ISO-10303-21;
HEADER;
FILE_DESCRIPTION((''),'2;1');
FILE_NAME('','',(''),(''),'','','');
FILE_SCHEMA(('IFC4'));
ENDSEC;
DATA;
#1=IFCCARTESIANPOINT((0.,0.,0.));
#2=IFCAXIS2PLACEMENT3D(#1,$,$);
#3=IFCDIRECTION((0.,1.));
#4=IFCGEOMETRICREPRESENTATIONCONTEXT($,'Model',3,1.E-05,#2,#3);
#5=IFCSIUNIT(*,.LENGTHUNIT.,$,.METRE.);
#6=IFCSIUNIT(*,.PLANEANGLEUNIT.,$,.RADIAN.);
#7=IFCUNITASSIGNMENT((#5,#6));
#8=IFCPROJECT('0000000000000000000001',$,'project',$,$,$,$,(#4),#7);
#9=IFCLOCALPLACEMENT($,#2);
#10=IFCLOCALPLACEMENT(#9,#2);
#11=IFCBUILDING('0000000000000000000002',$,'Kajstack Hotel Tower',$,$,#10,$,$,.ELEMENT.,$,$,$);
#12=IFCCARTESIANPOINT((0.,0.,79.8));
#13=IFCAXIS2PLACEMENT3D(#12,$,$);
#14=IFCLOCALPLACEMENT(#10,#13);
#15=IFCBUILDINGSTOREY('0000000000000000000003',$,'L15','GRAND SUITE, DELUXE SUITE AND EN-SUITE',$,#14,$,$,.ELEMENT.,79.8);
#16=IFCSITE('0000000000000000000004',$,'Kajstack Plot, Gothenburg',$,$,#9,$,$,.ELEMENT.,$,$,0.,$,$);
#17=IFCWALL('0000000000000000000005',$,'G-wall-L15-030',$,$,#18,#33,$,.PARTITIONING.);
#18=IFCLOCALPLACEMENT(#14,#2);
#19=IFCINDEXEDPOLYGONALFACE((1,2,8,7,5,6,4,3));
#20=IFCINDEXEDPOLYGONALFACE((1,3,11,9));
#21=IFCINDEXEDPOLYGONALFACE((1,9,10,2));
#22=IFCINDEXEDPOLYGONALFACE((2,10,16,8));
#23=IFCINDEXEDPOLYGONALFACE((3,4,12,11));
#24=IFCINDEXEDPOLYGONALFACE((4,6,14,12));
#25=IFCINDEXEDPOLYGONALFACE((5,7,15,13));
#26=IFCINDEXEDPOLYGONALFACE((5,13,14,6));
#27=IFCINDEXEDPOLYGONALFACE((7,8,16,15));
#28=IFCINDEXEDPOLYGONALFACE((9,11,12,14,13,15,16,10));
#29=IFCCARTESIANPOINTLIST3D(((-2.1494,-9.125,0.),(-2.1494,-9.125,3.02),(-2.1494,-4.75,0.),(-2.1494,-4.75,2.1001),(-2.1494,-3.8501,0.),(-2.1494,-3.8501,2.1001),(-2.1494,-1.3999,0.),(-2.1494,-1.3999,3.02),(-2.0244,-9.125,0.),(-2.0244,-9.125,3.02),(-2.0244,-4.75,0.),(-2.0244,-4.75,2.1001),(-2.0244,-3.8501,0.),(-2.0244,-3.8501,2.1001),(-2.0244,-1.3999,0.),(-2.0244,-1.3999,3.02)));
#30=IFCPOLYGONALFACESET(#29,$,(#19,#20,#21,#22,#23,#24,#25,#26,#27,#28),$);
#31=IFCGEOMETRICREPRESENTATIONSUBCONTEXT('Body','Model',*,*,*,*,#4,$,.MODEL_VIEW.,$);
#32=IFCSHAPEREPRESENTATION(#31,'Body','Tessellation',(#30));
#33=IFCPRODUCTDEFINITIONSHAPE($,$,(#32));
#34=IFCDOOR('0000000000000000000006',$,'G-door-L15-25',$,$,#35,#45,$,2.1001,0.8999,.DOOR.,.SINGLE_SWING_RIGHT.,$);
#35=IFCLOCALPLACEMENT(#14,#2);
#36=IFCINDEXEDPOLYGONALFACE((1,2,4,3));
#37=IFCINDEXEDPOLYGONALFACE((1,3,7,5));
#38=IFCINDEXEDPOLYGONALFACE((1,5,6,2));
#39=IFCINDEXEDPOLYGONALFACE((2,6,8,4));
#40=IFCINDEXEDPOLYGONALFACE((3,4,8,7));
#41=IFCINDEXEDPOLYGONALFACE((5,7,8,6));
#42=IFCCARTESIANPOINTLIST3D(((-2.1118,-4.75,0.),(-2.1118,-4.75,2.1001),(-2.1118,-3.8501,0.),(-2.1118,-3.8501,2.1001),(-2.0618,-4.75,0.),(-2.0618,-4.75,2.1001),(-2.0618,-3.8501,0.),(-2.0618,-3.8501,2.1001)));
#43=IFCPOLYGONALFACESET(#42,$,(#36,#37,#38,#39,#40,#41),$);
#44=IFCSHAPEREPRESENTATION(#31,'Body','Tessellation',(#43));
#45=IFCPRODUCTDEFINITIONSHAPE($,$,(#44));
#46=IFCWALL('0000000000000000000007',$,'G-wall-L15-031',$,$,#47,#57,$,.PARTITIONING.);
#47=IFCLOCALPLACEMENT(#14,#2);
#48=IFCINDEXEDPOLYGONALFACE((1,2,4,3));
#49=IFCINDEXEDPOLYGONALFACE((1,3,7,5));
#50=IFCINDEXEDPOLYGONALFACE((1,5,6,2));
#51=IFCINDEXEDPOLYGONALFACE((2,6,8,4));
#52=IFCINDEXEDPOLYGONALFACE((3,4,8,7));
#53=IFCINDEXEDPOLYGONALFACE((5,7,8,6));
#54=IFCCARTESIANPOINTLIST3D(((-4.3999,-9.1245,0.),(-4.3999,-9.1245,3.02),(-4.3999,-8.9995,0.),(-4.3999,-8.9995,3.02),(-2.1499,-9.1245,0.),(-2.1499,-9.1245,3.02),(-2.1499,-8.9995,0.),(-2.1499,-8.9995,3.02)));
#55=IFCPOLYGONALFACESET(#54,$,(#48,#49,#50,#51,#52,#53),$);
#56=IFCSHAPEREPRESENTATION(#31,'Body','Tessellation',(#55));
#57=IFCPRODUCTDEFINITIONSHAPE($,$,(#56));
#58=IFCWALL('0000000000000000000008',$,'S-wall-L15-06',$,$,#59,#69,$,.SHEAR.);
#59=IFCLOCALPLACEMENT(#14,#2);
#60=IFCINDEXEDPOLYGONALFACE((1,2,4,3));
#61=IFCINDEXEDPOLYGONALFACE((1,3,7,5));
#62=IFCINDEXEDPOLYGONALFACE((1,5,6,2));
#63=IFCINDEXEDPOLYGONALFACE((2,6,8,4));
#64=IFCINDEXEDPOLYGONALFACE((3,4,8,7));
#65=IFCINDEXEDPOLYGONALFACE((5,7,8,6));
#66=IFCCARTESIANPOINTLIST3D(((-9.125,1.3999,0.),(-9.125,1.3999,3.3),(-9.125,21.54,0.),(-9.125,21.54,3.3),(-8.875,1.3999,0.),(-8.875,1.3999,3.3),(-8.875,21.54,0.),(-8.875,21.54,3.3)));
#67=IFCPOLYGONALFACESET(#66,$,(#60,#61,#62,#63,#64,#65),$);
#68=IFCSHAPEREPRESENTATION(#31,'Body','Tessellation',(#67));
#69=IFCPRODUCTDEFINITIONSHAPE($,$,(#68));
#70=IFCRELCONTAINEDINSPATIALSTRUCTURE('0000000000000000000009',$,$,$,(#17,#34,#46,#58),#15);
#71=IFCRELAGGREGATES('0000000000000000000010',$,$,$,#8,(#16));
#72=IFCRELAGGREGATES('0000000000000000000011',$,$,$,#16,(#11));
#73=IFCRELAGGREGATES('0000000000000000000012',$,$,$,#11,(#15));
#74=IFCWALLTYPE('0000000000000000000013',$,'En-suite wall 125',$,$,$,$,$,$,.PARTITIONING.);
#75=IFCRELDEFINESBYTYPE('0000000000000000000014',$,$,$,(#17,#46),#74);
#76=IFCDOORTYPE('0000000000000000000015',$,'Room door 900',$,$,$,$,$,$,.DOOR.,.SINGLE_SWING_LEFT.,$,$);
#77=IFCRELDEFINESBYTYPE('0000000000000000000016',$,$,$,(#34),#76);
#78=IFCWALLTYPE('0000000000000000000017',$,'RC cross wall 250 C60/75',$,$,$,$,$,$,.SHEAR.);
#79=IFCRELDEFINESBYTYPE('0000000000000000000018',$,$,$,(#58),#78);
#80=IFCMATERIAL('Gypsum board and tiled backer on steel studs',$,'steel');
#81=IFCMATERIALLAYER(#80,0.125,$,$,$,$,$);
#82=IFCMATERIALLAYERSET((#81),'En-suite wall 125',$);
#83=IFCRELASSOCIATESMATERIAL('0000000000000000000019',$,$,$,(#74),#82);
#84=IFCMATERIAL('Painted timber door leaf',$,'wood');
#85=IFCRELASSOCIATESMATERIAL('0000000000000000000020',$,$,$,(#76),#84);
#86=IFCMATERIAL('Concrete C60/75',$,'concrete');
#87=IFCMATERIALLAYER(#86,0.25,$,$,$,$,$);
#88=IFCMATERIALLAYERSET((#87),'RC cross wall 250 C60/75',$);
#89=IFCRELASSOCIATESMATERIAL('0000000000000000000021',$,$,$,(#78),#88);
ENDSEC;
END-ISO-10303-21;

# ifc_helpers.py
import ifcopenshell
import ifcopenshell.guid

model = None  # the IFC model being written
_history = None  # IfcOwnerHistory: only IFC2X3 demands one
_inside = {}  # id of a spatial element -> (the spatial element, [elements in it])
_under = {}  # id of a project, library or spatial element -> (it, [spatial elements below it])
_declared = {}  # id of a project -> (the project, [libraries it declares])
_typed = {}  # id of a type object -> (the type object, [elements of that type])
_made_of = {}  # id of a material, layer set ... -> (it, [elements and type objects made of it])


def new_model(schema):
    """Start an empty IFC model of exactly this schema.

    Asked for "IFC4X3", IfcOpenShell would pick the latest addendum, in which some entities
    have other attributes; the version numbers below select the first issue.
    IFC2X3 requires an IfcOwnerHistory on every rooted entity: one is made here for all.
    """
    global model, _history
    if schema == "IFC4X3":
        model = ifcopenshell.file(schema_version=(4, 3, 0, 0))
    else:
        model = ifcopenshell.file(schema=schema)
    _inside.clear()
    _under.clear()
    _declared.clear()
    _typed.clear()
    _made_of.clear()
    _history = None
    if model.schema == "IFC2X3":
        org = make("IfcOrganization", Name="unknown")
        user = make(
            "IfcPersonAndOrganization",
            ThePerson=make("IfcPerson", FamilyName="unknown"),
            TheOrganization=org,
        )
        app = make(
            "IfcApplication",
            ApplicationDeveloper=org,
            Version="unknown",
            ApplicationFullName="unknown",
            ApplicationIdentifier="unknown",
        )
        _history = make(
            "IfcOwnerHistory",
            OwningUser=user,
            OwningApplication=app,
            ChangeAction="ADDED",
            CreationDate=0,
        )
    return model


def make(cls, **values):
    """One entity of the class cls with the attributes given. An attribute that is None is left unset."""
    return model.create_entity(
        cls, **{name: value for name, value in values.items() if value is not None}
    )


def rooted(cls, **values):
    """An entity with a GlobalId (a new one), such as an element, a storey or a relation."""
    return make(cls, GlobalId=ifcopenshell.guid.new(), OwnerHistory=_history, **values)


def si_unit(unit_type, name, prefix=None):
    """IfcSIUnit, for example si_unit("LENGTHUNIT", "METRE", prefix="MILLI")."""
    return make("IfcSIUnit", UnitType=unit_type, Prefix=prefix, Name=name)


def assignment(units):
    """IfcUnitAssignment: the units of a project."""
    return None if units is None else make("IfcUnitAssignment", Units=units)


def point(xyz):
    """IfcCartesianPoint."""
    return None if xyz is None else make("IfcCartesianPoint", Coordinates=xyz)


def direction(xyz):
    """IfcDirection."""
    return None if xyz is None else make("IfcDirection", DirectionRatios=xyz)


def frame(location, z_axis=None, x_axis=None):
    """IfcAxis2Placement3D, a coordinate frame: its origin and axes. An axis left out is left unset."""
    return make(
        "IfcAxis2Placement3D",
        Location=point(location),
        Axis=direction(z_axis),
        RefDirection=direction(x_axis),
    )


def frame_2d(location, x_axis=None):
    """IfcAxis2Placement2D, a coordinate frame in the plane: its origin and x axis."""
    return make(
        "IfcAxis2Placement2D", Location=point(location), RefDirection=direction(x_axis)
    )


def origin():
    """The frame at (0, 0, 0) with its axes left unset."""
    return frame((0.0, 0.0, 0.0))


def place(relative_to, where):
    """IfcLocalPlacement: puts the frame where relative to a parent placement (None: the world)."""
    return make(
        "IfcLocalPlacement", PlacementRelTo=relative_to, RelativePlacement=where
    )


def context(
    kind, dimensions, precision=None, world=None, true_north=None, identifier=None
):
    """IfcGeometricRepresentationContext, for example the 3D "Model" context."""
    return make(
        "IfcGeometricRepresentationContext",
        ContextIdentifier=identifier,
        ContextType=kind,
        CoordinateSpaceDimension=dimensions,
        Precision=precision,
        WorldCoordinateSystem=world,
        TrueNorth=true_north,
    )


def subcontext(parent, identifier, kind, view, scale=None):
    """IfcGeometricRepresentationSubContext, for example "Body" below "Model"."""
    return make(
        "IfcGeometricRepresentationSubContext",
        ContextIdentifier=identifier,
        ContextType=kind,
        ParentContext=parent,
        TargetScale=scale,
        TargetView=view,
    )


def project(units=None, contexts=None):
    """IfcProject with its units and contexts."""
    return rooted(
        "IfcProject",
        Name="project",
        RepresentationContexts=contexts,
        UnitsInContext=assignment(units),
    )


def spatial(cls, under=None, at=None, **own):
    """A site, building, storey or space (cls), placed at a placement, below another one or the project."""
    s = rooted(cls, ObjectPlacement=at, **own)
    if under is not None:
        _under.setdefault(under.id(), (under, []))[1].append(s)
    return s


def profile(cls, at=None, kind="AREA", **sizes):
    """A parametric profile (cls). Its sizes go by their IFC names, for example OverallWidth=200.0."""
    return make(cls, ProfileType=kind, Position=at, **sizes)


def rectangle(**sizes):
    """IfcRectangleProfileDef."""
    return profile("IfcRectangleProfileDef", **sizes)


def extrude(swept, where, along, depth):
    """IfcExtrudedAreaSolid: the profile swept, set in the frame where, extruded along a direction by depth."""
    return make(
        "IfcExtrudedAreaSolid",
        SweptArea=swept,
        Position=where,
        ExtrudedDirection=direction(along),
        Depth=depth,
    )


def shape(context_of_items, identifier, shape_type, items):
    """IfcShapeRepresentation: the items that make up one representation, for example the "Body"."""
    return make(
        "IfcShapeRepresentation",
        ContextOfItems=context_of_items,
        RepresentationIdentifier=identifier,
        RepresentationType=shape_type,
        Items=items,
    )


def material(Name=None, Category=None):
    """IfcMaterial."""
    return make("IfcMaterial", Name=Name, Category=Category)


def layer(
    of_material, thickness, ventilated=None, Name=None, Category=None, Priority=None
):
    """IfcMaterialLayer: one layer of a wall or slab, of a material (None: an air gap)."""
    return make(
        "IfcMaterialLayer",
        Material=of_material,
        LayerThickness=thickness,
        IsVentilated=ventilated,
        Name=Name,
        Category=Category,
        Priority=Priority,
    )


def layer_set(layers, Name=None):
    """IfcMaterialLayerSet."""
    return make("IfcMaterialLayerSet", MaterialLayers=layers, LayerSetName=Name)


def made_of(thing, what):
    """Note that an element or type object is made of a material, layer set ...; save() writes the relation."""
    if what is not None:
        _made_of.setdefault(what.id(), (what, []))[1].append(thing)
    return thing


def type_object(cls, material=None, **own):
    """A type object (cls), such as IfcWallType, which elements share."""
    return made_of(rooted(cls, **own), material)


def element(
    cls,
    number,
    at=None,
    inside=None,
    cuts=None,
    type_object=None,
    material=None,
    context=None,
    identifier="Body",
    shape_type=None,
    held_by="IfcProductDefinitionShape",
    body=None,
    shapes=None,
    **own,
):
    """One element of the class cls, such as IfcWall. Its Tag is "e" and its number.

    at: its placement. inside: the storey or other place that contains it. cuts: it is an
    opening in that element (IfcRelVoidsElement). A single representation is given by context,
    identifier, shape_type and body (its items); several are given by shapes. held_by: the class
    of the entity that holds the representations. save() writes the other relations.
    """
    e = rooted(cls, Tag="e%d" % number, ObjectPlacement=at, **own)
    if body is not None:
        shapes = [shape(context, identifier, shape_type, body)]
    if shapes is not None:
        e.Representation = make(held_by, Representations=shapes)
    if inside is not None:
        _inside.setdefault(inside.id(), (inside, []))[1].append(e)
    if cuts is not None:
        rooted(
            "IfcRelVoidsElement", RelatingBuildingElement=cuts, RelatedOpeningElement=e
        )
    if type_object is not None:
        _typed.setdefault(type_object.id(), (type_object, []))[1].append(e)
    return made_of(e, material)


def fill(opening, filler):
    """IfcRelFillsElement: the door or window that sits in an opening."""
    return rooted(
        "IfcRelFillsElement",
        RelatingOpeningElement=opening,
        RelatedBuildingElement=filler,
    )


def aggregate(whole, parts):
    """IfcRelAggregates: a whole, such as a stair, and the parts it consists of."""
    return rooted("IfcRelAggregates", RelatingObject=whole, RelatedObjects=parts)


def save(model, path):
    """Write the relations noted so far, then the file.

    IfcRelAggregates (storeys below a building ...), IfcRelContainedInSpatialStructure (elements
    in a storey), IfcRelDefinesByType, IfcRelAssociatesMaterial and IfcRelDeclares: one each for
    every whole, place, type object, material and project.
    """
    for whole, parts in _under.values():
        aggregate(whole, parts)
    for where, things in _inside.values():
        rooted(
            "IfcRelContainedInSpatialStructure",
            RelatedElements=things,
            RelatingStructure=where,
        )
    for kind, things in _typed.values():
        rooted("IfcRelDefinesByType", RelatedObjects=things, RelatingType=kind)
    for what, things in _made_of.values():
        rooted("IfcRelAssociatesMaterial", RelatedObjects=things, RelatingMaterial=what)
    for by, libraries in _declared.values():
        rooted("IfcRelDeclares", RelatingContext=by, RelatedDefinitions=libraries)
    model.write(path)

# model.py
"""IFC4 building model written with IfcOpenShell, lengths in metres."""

from ifc_helpers import new_model, si_unit, direction, frame, frame_2d, origin, place, context, subcontext, project, spatial, rectangle, extrude, material, layer, layer_set, type_object, element, fill, save


model = new_model("IFC4")

# Units and contexts
model_context = context("Model", 3, precision=1e-05, world=origin(), true_north=direction((0.0, 1.0)))
body_context = subcontext(model_context, "Body", "Model", "MODEL_VIEW")
ifc_project = project(units=[si_unit("LENGTHUNIT", "METRE"), si_unit("PLANEANGLEUNIT", "RADIAN")], contexts=[model_context])

# Site, building, storey
site_placement = place(None, origin())
site = spatial("IfcSite", under=ifc_project, at=site_placement, Name="Kajstack Plot, Gothenburg", CompositionType="ELEMENT", RefElevation=0.0)
building_placement = place(site_placement, origin())
building = spatial("IfcBuilding", under=site, at=building_placement, Name="Kajstack Hotel Tower", CompositionType="ELEMENT")
storey_placement = place(building_placement, frame((0.0, 0.0, 79.8)))
storey = spatial("IfcBuildingStorey", under=building, at=storey_placement, Name="L15", Description="GRAND SUITE, DELUXE SUITE AND EN-SUITE", CompositionType="ELEMENT", Elevation=79.8)

# Shared definitions
ifc_material_1 = material(Name="Gypsum board and tiled backer on steel studs", Category="steel")
ifc_layer_1 = layer(ifc_material_1, 0.125)
ifc_layer_set_1 = layer_set([ifc_layer_1], Name="En-suite wall 125")
wall_type_1 = type_object("IfcWallType", Name="En-suite wall 125", PredefinedType="PARTITIONING", material=ifc_layer_set_1)
ifc_material_2 = material(Name="Painted timber door leaf", Category="wood")
door_type = type_object("IfcDoorType", Name="Room door 900", OperationType="SINGLE_SWING_LEFT", PredefinedType="DOOR", material=ifc_material_2)

# Wall, opening, door
wall_1_placement = place(storey_placement, frame((-2.0869, -9.125, 0.0), z_axis=(0.0, 0.0, 1.0), x_axis=(0.0, 1.0, 0.0)))
wall_1 = element("IfcWall", 1, at=wall_1_placement, inside=storey, type_object=wall_type_1, Name="G-wall-L15-030", PredefinedType="PARTITIONING", context=body_context, shape_type="SweptSolid", body=[
    extrude(rectangle(XDim=7.7251, YDim=0.125, at=frame_2d((3.8625, 0.0))), origin(), (0.0, 0.0, 1.0), 3.02),
])
opening_1_placement = place(wall_1_placement, frame((4.375, 0.0, 0.0)))
opening_1 = element("IfcOpeningElement", 2, at=opening_1_placement, cuts=wall_1, PredefinedType="OPENING", context=body_context, shape_type="SweptSolid", body=[
    extrude(rectangle(XDim=0.8999, YDim=2.1001, at=frame_2d((0.45, 1.05))), frame((0.0, 0.0725, 0.0), z_axis=(0.0, -1.0, 0.0), x_axis=(1.0, 0.0, 0.0)), (0.0, 0.0, 1.0), 0.145),
])
door_1_placement = place(opening_1_placement, origin())
door_1 = element("IfcDoor", 3, at=door_1_placement, inside=storey, type_object=door_type, Name="G-door-L15-25", OperationType="SINGLE_SWING_RIGHT", OverallHeight=2.1001, OverallWidth=0.8999, PredefinedType="DOOR", context=body_context, shape_type="SweptSolid", body=[
    extrude(rectangle(XDim=0.8999, YDim=2.1001, at=frame_2d((0.45, 1.05))), frame((0.0, 0.0249, 0.0), z_axis=(0.0, -1.0, 0.0), x_axis=(1.0, 0.0, 0.0)), (0.0, 0.0, 1.0), 0.05),
])
fill(opening_1, door_1)

# Walls
wall_2_placement = place(storey_placement, frame((-4.3999, -9.062, 0.0), z_axis=(0.0, 0.0, 1.0), x_axis=(1.0, 0.0, 0.0)))
element("IfcWall", 4, at=wall_2_placement, inside=storey, type_object=wall_type_1, Name="G-wall-L15-031", PredefinedType="PARTITIONING", context=body_context, shape_type="SweptSolid", body=[
    extrude(rectangle(XDim=2.25, YDim=0.125, at=frame_2d((1.125, 0.0))), origin(), (0.0, 0.0, 1.0), 3.02),
])
ifc_material_3 = material(Name="Concrete C60/75", Category="concrete")
ifc_layer_2 = layer(ifc_material_3, 0.25)
ifc_layer_set_2 = layer_set([ifc_layer_2], Name="RC cross wall 250 C60/75")
wall_type_2 = type_object("IfcWallType", Name="RC cross wall 250 C60/75", PredefinedType="SHEAR", material=ifc_layer_set_2)
wall_3_placement = place(storey_placement, frame((-9.0, 1.3999, 0.0), z_axis=(0.0, 0.0, 1.0), x_axis=(0.0, 1.0, 0.0)))
element("IfcWall", 5, at=wall_3_placement, inside=storey, type_object=wall_type_2, Name="S-wall-L15-06", PredefinedType="SHEAR", context=body_context, shape_type="SweptSolid", body=[
    extrude(rectangle(XDim=20.1401, YDim=0.25, at=frame_2d((10.0701, 0.0))), origin(), (0.0, 0.0, 1.0), 3.3),
])

save(model, "model.ifc")
